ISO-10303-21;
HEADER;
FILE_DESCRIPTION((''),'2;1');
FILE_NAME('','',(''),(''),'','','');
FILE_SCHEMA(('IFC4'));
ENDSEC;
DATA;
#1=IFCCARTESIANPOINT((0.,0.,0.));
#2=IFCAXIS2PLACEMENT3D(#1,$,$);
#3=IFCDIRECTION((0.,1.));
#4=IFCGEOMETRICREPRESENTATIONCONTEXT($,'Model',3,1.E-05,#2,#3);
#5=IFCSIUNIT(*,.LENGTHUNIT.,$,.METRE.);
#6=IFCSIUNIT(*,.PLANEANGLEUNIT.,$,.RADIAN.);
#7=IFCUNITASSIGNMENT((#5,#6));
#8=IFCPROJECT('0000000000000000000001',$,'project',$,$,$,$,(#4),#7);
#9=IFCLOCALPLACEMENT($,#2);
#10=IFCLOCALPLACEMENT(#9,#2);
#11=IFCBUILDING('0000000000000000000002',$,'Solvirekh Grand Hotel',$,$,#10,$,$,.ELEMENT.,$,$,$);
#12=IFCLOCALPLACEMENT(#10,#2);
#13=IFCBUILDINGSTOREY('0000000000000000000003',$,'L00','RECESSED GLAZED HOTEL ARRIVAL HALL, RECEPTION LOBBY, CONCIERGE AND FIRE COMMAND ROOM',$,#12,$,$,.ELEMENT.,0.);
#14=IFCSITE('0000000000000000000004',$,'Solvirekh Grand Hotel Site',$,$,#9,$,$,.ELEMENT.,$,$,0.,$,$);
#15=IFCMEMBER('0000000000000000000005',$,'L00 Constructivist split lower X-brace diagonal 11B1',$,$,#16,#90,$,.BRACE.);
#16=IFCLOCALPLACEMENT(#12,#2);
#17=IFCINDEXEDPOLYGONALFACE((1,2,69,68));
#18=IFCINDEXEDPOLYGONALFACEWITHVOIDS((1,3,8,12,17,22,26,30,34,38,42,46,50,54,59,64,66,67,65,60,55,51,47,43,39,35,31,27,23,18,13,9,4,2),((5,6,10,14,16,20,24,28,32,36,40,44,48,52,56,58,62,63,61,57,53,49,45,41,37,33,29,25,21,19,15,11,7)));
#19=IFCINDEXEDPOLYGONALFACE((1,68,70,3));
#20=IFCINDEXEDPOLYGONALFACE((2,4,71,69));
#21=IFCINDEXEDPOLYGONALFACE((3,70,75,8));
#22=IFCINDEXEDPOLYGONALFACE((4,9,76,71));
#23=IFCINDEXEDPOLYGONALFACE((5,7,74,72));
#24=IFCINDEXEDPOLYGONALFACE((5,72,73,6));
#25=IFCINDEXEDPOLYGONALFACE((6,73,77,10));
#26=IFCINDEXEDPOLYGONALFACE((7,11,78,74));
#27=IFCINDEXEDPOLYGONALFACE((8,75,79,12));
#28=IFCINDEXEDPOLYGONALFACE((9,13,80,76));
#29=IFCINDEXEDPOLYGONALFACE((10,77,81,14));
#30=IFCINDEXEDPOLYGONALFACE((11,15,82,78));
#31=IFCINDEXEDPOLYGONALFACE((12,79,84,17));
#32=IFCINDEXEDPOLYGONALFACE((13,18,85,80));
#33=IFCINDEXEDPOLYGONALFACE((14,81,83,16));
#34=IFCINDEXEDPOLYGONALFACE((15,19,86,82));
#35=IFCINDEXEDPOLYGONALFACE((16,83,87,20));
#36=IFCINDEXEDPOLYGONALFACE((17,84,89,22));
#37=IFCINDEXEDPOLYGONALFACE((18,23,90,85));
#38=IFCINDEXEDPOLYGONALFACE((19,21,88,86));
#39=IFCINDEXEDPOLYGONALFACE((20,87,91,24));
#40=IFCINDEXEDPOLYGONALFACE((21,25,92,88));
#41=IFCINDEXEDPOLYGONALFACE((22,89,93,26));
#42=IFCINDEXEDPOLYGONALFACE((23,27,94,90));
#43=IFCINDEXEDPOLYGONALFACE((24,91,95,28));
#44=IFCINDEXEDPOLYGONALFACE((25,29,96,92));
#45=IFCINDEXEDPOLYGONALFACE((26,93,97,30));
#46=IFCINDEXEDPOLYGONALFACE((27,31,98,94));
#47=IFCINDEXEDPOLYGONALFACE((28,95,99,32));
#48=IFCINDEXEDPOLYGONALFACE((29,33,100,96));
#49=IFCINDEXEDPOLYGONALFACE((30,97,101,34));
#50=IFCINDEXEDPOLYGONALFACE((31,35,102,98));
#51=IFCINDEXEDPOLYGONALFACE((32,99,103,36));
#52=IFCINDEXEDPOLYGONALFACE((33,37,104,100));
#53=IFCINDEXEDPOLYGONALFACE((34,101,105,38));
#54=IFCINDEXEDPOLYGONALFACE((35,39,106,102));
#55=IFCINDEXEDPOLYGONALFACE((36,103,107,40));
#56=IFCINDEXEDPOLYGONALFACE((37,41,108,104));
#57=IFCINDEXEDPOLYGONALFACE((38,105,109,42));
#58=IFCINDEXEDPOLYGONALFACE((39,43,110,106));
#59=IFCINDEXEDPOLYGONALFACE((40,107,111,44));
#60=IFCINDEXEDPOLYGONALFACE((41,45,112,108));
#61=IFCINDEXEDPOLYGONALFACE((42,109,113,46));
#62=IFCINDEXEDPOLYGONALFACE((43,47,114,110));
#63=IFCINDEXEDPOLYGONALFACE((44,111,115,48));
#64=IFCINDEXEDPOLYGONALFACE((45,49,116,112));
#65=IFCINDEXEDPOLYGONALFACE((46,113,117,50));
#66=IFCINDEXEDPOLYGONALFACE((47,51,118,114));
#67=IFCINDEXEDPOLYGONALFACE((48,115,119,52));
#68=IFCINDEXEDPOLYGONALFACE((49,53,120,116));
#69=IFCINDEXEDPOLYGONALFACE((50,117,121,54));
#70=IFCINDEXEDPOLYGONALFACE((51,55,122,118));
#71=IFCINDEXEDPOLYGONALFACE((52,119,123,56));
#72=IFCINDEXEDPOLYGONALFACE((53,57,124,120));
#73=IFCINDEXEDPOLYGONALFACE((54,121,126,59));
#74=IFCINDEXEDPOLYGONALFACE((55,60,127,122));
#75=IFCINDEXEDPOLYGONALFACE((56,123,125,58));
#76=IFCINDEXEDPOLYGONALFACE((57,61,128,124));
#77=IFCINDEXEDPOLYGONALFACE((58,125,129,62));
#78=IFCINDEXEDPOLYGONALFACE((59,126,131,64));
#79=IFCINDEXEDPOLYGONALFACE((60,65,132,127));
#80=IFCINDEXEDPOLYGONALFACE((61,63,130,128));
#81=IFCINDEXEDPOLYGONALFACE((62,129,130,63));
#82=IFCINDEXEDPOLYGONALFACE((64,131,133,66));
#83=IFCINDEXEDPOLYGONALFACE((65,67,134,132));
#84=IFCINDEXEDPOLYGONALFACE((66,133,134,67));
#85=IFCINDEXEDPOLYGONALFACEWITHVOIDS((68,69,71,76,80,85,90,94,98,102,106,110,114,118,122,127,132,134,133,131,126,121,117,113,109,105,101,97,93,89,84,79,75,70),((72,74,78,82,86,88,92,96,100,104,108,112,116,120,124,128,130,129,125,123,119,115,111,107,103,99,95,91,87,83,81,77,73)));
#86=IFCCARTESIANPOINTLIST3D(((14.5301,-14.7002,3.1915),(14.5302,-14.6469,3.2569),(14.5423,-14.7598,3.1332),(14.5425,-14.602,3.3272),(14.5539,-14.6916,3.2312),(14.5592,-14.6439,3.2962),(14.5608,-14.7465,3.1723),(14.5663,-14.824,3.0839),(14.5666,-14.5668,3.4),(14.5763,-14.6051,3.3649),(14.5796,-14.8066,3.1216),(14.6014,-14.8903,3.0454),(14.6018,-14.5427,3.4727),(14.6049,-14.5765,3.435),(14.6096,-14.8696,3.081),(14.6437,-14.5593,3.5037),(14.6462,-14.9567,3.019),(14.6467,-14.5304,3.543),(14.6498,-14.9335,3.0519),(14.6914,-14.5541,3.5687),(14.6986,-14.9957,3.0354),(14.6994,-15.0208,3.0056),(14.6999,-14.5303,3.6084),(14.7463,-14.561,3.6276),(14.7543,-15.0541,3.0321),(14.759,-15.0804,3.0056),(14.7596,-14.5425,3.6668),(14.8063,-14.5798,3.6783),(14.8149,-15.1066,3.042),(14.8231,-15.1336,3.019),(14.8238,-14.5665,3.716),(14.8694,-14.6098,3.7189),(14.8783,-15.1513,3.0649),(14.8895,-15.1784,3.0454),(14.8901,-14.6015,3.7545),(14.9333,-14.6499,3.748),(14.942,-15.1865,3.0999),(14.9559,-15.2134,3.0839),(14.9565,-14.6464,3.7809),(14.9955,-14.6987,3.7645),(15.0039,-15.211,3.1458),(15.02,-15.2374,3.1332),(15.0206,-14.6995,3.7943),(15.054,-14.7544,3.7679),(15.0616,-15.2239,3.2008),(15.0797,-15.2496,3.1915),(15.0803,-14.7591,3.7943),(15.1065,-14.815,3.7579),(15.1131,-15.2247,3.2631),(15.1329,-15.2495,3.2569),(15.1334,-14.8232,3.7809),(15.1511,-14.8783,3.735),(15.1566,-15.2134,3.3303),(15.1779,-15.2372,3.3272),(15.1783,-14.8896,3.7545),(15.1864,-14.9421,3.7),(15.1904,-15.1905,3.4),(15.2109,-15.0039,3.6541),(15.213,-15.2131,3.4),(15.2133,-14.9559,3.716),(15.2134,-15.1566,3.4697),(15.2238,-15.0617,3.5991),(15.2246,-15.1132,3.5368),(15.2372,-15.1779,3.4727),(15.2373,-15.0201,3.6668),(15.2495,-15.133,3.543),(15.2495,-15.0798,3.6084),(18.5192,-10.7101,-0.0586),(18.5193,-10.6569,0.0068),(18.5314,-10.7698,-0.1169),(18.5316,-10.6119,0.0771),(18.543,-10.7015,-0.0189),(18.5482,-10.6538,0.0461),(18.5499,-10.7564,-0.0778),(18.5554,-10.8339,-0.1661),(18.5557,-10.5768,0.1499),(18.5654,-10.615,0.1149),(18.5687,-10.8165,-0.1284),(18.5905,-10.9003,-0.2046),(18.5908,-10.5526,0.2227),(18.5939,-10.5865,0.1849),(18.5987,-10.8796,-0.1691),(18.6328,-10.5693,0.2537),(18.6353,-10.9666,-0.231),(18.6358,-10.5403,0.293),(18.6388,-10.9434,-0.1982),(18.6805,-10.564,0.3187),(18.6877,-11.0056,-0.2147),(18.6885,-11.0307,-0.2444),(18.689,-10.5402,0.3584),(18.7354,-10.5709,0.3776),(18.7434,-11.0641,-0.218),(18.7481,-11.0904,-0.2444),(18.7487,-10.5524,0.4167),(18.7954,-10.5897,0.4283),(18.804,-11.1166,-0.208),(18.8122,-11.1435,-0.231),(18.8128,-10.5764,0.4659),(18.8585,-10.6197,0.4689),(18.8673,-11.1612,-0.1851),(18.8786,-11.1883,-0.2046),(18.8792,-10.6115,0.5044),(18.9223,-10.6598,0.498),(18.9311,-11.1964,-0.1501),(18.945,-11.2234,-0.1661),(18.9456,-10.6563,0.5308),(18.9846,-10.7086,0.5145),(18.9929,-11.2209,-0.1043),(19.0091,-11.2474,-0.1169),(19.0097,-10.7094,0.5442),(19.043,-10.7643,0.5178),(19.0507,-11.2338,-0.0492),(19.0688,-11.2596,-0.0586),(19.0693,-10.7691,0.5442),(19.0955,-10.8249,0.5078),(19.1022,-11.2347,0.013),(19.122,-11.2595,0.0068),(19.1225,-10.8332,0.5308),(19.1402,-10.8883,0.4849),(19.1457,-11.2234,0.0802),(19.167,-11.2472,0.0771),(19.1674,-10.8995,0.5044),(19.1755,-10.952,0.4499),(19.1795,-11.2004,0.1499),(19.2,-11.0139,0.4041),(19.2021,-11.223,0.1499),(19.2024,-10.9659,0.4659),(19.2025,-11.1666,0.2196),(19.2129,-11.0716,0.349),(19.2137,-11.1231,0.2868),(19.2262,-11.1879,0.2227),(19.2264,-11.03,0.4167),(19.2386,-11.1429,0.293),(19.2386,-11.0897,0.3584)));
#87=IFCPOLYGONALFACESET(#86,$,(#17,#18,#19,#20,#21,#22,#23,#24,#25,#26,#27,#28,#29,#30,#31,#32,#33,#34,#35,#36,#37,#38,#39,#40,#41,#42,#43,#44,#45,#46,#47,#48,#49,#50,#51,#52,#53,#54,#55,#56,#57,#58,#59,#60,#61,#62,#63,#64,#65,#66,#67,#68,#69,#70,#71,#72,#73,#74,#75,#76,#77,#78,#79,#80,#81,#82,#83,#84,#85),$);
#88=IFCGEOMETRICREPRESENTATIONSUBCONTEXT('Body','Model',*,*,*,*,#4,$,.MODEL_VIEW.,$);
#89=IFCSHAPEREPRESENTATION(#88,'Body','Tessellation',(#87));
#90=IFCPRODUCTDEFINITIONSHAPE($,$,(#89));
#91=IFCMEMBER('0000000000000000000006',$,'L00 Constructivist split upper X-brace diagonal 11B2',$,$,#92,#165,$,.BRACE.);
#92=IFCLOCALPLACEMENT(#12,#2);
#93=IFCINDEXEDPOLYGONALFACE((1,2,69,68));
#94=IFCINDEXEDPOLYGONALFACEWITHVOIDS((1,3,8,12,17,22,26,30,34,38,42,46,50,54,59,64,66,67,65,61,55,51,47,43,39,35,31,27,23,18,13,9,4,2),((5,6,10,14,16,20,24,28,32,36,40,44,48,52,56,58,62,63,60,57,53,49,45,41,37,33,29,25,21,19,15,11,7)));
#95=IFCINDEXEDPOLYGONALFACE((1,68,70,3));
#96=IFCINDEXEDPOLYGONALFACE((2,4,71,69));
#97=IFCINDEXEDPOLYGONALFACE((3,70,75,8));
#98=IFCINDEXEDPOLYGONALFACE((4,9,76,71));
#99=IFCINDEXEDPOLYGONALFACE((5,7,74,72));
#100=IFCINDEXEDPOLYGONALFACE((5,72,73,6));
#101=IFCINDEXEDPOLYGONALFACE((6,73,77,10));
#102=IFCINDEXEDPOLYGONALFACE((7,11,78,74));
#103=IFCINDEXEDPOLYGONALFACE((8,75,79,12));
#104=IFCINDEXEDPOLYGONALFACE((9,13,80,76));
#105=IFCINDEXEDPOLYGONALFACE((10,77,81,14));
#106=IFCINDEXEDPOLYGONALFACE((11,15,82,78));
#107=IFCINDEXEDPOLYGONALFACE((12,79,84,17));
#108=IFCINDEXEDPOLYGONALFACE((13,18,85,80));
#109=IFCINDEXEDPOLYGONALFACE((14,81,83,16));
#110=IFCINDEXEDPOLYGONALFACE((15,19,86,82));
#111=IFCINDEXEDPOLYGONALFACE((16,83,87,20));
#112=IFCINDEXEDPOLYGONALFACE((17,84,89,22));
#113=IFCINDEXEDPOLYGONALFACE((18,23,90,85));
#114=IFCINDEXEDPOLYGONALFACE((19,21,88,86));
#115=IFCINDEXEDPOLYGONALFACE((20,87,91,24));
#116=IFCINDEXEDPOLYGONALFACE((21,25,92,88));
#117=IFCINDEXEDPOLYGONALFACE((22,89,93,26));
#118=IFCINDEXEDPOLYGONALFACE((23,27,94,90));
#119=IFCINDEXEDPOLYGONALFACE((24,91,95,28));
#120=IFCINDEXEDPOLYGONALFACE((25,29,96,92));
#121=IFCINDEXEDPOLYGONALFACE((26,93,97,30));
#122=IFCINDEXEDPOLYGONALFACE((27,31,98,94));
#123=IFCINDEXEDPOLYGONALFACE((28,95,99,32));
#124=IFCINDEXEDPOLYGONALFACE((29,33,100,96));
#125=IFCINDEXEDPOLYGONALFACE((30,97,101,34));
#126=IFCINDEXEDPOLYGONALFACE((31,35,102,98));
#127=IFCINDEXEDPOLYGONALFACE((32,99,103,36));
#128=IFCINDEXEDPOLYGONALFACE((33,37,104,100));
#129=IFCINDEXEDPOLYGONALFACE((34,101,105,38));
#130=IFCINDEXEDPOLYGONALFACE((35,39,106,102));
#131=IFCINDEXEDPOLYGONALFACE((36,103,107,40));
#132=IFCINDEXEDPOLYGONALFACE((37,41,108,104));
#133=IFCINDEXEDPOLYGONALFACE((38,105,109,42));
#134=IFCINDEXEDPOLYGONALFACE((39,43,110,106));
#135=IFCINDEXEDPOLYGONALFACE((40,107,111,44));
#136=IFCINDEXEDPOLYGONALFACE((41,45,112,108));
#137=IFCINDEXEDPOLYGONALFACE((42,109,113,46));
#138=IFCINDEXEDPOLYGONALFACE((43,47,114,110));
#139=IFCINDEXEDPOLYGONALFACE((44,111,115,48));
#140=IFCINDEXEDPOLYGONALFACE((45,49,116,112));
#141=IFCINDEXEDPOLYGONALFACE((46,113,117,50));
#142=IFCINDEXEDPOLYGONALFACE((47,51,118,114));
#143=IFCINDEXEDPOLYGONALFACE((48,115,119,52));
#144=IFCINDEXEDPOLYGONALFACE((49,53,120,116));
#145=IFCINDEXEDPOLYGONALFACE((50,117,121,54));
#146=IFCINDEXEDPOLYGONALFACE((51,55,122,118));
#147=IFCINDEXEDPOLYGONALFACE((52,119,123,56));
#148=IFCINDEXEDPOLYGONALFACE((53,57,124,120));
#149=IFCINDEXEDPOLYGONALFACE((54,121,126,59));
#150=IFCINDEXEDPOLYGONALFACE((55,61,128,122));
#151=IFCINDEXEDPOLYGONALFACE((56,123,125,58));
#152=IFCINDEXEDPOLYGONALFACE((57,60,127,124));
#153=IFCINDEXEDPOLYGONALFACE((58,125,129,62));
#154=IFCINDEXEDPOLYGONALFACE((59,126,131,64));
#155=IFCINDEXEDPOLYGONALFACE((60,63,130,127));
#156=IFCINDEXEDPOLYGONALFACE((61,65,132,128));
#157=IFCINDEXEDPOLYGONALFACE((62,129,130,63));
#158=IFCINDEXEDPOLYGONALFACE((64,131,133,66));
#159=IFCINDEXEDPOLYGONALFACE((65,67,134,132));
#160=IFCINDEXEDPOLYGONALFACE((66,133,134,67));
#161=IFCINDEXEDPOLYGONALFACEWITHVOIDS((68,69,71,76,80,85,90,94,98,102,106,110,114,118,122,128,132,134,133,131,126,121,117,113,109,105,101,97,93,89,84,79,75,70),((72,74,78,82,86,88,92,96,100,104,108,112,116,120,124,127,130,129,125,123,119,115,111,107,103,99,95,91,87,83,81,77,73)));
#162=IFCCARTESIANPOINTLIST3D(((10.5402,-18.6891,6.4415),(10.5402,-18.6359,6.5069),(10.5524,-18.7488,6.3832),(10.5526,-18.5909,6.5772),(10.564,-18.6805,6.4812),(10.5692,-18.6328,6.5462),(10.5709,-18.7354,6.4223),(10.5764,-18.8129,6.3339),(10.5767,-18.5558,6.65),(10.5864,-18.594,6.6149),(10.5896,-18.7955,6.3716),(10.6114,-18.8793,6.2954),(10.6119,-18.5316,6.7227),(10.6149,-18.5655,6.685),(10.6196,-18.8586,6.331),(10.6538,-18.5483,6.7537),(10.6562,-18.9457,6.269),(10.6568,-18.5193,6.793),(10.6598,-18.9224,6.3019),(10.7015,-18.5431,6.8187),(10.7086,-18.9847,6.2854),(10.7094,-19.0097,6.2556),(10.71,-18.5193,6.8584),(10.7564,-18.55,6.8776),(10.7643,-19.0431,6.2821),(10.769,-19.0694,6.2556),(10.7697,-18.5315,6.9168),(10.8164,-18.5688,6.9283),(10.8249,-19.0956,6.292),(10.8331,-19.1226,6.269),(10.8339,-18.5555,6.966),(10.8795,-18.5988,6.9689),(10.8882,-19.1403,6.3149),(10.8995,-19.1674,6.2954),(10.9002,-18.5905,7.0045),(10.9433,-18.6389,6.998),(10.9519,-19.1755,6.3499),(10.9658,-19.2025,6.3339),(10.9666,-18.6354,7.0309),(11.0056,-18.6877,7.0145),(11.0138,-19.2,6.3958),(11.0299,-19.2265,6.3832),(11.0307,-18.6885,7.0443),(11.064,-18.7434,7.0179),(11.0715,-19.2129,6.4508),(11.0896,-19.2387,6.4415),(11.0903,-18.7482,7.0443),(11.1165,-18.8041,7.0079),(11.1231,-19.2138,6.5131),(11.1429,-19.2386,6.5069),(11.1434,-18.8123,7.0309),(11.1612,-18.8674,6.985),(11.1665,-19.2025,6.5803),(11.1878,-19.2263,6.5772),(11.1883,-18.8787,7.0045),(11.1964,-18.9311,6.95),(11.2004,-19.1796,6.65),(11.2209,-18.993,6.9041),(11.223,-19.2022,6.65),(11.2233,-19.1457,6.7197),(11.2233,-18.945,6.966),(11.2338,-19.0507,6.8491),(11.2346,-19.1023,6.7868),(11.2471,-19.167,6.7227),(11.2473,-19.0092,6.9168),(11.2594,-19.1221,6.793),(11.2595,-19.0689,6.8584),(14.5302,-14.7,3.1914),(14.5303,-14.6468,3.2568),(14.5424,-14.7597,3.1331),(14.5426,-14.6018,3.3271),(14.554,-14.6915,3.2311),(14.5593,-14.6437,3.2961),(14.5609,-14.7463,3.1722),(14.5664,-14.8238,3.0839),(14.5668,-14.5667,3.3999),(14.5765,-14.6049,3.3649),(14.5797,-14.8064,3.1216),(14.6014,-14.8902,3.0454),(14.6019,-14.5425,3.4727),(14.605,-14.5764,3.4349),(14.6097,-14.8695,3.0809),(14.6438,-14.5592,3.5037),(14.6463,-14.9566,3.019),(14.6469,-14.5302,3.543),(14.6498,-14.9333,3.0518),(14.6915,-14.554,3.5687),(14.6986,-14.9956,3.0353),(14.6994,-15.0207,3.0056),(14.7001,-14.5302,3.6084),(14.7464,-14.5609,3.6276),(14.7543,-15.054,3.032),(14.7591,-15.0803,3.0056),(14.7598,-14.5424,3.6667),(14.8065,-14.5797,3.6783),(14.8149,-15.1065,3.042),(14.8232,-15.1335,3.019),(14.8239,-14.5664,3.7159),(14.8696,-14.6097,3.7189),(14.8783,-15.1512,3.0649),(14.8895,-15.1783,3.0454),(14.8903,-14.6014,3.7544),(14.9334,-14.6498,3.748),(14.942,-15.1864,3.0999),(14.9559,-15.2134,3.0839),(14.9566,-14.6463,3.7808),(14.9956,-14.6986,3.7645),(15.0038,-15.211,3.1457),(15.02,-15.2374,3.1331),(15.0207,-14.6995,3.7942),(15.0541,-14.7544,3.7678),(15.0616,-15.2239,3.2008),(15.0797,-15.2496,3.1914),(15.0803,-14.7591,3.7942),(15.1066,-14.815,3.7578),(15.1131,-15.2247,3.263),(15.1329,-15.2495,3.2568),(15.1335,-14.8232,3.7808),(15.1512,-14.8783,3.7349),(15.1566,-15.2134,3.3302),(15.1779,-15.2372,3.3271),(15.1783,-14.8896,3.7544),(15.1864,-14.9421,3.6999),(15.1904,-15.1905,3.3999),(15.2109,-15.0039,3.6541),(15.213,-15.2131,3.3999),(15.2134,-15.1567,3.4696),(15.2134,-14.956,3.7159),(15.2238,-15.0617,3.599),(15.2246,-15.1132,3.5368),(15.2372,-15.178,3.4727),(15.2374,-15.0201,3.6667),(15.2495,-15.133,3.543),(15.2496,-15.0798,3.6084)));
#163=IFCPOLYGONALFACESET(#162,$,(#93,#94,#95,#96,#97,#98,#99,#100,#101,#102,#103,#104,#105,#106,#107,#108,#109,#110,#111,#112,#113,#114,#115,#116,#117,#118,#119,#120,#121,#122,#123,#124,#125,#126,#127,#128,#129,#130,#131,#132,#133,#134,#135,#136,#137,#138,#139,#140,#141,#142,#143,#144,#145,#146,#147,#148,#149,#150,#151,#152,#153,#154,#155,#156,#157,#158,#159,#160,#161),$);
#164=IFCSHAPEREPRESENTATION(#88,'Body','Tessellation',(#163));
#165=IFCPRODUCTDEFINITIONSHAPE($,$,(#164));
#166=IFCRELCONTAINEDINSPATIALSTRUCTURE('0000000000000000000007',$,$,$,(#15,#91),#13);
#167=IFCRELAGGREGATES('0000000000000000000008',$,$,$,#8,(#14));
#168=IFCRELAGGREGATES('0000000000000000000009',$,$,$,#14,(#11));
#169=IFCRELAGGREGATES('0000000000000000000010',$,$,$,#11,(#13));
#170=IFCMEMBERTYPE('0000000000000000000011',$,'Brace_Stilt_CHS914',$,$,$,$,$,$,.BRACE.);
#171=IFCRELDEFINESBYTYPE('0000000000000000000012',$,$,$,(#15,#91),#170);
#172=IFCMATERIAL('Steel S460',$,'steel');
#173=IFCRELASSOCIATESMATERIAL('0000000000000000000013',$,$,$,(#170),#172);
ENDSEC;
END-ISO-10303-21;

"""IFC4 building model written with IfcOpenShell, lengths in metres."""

from ifc_helpers import new_model, si_unit, direction, frame, origin, origin_2d, place, context, subcontext, project, spatial, hollow_circle, extrude, material, material_profile, profile_set, type_object, element, save


model = new_model("IFC4")

# Units and contexts
model_context = context("Model", 3, precision=1e-05, world=origin(), true_north=direction((0.0, 1.0)))
body_context = subcontext(model_context, "Body", "Model", "MODEL_VIEW")
ifc_project = project(units=[si_unit("LENGTHUNIT", "METRE"), si_unit("PLANEANGLEUNIT", "RADIAN")], contexts=[model_context])

# Site, building, storey
site_placement = place(None, origin())
site = spatial("IfcSite", under=ifc_project, at=site_placement, Name="Solvirekh Grand Hotel Site", CompositionType="ELEMENT", RefElevation=0.0)
building_placement = place(site_placement, origin())
building = spatial("IfcBuilding", under=site, at=building_placement, Name="Solvirekh Grand Hotel", CompositionType="ELEMENT")
storey_placement = place(building_placement, origin())
storey = spatial("IfcBuildingStorey", under=building, at=storey_placement, Name="L00", Description="RECESSED GLAZED HOTEL ARRIVAL HALL, RECEPTION LOBBY, CONCIERGE AND FIRE COMMAND ROOM", CompositionType="ELEMENT", Elevation=0.0)

# Members
ifc_material_1 = material(Name="Steel S460", Category="steel")
ifc_material_profile_1 = material_profile(ifc_material_1, hollow_circle(Radius=0.457, WallThickness=0.032, at=origin_2d()), Name="CHS 914X32")
ifc_profile_set_1 = profile_set([ifc_material_profile_1], Name="Steel S460")
member_type_1 = type_object("IfcMemberType", Name="Brace_Stilt_CHS914", PredefinedType="BRACE", material=ifc_profile_set_1)
for number, where, z_axis, x_axis, name in (
    (1, (18.8789, -10.8999, 0.1499), (-0.612646, -0.612796, 0.499146), (0.707193, -0.70702, 0.0), "L00 Constructivist split lower X-brace diagonal 11B1"),
    (2, (14.8899, -14.8899, 3.3999), (-0.612796, -0.612646, 0.499146), (0.70702, -0.707193, 0.0), "L00 Constructivist split upper X-brace diagonal 11B2"),
):
    element("IfcMember", number, at=place(storey_placement, frame(where, z_axis=z_axis, x_axis=x_axis)), inside=storey, type_object=member_type_1, Name=name, PredefinedType="BRACE", context=body_context, shape_type="SweptSolid", body=[
        extrude(hollow_circle(Radius=0.457, WallThickness=0.032, at=origin_2d()), origin(), (0.0, 0.0, 1.0), 6.5112),
    ])

save(model, "model.ifc")
